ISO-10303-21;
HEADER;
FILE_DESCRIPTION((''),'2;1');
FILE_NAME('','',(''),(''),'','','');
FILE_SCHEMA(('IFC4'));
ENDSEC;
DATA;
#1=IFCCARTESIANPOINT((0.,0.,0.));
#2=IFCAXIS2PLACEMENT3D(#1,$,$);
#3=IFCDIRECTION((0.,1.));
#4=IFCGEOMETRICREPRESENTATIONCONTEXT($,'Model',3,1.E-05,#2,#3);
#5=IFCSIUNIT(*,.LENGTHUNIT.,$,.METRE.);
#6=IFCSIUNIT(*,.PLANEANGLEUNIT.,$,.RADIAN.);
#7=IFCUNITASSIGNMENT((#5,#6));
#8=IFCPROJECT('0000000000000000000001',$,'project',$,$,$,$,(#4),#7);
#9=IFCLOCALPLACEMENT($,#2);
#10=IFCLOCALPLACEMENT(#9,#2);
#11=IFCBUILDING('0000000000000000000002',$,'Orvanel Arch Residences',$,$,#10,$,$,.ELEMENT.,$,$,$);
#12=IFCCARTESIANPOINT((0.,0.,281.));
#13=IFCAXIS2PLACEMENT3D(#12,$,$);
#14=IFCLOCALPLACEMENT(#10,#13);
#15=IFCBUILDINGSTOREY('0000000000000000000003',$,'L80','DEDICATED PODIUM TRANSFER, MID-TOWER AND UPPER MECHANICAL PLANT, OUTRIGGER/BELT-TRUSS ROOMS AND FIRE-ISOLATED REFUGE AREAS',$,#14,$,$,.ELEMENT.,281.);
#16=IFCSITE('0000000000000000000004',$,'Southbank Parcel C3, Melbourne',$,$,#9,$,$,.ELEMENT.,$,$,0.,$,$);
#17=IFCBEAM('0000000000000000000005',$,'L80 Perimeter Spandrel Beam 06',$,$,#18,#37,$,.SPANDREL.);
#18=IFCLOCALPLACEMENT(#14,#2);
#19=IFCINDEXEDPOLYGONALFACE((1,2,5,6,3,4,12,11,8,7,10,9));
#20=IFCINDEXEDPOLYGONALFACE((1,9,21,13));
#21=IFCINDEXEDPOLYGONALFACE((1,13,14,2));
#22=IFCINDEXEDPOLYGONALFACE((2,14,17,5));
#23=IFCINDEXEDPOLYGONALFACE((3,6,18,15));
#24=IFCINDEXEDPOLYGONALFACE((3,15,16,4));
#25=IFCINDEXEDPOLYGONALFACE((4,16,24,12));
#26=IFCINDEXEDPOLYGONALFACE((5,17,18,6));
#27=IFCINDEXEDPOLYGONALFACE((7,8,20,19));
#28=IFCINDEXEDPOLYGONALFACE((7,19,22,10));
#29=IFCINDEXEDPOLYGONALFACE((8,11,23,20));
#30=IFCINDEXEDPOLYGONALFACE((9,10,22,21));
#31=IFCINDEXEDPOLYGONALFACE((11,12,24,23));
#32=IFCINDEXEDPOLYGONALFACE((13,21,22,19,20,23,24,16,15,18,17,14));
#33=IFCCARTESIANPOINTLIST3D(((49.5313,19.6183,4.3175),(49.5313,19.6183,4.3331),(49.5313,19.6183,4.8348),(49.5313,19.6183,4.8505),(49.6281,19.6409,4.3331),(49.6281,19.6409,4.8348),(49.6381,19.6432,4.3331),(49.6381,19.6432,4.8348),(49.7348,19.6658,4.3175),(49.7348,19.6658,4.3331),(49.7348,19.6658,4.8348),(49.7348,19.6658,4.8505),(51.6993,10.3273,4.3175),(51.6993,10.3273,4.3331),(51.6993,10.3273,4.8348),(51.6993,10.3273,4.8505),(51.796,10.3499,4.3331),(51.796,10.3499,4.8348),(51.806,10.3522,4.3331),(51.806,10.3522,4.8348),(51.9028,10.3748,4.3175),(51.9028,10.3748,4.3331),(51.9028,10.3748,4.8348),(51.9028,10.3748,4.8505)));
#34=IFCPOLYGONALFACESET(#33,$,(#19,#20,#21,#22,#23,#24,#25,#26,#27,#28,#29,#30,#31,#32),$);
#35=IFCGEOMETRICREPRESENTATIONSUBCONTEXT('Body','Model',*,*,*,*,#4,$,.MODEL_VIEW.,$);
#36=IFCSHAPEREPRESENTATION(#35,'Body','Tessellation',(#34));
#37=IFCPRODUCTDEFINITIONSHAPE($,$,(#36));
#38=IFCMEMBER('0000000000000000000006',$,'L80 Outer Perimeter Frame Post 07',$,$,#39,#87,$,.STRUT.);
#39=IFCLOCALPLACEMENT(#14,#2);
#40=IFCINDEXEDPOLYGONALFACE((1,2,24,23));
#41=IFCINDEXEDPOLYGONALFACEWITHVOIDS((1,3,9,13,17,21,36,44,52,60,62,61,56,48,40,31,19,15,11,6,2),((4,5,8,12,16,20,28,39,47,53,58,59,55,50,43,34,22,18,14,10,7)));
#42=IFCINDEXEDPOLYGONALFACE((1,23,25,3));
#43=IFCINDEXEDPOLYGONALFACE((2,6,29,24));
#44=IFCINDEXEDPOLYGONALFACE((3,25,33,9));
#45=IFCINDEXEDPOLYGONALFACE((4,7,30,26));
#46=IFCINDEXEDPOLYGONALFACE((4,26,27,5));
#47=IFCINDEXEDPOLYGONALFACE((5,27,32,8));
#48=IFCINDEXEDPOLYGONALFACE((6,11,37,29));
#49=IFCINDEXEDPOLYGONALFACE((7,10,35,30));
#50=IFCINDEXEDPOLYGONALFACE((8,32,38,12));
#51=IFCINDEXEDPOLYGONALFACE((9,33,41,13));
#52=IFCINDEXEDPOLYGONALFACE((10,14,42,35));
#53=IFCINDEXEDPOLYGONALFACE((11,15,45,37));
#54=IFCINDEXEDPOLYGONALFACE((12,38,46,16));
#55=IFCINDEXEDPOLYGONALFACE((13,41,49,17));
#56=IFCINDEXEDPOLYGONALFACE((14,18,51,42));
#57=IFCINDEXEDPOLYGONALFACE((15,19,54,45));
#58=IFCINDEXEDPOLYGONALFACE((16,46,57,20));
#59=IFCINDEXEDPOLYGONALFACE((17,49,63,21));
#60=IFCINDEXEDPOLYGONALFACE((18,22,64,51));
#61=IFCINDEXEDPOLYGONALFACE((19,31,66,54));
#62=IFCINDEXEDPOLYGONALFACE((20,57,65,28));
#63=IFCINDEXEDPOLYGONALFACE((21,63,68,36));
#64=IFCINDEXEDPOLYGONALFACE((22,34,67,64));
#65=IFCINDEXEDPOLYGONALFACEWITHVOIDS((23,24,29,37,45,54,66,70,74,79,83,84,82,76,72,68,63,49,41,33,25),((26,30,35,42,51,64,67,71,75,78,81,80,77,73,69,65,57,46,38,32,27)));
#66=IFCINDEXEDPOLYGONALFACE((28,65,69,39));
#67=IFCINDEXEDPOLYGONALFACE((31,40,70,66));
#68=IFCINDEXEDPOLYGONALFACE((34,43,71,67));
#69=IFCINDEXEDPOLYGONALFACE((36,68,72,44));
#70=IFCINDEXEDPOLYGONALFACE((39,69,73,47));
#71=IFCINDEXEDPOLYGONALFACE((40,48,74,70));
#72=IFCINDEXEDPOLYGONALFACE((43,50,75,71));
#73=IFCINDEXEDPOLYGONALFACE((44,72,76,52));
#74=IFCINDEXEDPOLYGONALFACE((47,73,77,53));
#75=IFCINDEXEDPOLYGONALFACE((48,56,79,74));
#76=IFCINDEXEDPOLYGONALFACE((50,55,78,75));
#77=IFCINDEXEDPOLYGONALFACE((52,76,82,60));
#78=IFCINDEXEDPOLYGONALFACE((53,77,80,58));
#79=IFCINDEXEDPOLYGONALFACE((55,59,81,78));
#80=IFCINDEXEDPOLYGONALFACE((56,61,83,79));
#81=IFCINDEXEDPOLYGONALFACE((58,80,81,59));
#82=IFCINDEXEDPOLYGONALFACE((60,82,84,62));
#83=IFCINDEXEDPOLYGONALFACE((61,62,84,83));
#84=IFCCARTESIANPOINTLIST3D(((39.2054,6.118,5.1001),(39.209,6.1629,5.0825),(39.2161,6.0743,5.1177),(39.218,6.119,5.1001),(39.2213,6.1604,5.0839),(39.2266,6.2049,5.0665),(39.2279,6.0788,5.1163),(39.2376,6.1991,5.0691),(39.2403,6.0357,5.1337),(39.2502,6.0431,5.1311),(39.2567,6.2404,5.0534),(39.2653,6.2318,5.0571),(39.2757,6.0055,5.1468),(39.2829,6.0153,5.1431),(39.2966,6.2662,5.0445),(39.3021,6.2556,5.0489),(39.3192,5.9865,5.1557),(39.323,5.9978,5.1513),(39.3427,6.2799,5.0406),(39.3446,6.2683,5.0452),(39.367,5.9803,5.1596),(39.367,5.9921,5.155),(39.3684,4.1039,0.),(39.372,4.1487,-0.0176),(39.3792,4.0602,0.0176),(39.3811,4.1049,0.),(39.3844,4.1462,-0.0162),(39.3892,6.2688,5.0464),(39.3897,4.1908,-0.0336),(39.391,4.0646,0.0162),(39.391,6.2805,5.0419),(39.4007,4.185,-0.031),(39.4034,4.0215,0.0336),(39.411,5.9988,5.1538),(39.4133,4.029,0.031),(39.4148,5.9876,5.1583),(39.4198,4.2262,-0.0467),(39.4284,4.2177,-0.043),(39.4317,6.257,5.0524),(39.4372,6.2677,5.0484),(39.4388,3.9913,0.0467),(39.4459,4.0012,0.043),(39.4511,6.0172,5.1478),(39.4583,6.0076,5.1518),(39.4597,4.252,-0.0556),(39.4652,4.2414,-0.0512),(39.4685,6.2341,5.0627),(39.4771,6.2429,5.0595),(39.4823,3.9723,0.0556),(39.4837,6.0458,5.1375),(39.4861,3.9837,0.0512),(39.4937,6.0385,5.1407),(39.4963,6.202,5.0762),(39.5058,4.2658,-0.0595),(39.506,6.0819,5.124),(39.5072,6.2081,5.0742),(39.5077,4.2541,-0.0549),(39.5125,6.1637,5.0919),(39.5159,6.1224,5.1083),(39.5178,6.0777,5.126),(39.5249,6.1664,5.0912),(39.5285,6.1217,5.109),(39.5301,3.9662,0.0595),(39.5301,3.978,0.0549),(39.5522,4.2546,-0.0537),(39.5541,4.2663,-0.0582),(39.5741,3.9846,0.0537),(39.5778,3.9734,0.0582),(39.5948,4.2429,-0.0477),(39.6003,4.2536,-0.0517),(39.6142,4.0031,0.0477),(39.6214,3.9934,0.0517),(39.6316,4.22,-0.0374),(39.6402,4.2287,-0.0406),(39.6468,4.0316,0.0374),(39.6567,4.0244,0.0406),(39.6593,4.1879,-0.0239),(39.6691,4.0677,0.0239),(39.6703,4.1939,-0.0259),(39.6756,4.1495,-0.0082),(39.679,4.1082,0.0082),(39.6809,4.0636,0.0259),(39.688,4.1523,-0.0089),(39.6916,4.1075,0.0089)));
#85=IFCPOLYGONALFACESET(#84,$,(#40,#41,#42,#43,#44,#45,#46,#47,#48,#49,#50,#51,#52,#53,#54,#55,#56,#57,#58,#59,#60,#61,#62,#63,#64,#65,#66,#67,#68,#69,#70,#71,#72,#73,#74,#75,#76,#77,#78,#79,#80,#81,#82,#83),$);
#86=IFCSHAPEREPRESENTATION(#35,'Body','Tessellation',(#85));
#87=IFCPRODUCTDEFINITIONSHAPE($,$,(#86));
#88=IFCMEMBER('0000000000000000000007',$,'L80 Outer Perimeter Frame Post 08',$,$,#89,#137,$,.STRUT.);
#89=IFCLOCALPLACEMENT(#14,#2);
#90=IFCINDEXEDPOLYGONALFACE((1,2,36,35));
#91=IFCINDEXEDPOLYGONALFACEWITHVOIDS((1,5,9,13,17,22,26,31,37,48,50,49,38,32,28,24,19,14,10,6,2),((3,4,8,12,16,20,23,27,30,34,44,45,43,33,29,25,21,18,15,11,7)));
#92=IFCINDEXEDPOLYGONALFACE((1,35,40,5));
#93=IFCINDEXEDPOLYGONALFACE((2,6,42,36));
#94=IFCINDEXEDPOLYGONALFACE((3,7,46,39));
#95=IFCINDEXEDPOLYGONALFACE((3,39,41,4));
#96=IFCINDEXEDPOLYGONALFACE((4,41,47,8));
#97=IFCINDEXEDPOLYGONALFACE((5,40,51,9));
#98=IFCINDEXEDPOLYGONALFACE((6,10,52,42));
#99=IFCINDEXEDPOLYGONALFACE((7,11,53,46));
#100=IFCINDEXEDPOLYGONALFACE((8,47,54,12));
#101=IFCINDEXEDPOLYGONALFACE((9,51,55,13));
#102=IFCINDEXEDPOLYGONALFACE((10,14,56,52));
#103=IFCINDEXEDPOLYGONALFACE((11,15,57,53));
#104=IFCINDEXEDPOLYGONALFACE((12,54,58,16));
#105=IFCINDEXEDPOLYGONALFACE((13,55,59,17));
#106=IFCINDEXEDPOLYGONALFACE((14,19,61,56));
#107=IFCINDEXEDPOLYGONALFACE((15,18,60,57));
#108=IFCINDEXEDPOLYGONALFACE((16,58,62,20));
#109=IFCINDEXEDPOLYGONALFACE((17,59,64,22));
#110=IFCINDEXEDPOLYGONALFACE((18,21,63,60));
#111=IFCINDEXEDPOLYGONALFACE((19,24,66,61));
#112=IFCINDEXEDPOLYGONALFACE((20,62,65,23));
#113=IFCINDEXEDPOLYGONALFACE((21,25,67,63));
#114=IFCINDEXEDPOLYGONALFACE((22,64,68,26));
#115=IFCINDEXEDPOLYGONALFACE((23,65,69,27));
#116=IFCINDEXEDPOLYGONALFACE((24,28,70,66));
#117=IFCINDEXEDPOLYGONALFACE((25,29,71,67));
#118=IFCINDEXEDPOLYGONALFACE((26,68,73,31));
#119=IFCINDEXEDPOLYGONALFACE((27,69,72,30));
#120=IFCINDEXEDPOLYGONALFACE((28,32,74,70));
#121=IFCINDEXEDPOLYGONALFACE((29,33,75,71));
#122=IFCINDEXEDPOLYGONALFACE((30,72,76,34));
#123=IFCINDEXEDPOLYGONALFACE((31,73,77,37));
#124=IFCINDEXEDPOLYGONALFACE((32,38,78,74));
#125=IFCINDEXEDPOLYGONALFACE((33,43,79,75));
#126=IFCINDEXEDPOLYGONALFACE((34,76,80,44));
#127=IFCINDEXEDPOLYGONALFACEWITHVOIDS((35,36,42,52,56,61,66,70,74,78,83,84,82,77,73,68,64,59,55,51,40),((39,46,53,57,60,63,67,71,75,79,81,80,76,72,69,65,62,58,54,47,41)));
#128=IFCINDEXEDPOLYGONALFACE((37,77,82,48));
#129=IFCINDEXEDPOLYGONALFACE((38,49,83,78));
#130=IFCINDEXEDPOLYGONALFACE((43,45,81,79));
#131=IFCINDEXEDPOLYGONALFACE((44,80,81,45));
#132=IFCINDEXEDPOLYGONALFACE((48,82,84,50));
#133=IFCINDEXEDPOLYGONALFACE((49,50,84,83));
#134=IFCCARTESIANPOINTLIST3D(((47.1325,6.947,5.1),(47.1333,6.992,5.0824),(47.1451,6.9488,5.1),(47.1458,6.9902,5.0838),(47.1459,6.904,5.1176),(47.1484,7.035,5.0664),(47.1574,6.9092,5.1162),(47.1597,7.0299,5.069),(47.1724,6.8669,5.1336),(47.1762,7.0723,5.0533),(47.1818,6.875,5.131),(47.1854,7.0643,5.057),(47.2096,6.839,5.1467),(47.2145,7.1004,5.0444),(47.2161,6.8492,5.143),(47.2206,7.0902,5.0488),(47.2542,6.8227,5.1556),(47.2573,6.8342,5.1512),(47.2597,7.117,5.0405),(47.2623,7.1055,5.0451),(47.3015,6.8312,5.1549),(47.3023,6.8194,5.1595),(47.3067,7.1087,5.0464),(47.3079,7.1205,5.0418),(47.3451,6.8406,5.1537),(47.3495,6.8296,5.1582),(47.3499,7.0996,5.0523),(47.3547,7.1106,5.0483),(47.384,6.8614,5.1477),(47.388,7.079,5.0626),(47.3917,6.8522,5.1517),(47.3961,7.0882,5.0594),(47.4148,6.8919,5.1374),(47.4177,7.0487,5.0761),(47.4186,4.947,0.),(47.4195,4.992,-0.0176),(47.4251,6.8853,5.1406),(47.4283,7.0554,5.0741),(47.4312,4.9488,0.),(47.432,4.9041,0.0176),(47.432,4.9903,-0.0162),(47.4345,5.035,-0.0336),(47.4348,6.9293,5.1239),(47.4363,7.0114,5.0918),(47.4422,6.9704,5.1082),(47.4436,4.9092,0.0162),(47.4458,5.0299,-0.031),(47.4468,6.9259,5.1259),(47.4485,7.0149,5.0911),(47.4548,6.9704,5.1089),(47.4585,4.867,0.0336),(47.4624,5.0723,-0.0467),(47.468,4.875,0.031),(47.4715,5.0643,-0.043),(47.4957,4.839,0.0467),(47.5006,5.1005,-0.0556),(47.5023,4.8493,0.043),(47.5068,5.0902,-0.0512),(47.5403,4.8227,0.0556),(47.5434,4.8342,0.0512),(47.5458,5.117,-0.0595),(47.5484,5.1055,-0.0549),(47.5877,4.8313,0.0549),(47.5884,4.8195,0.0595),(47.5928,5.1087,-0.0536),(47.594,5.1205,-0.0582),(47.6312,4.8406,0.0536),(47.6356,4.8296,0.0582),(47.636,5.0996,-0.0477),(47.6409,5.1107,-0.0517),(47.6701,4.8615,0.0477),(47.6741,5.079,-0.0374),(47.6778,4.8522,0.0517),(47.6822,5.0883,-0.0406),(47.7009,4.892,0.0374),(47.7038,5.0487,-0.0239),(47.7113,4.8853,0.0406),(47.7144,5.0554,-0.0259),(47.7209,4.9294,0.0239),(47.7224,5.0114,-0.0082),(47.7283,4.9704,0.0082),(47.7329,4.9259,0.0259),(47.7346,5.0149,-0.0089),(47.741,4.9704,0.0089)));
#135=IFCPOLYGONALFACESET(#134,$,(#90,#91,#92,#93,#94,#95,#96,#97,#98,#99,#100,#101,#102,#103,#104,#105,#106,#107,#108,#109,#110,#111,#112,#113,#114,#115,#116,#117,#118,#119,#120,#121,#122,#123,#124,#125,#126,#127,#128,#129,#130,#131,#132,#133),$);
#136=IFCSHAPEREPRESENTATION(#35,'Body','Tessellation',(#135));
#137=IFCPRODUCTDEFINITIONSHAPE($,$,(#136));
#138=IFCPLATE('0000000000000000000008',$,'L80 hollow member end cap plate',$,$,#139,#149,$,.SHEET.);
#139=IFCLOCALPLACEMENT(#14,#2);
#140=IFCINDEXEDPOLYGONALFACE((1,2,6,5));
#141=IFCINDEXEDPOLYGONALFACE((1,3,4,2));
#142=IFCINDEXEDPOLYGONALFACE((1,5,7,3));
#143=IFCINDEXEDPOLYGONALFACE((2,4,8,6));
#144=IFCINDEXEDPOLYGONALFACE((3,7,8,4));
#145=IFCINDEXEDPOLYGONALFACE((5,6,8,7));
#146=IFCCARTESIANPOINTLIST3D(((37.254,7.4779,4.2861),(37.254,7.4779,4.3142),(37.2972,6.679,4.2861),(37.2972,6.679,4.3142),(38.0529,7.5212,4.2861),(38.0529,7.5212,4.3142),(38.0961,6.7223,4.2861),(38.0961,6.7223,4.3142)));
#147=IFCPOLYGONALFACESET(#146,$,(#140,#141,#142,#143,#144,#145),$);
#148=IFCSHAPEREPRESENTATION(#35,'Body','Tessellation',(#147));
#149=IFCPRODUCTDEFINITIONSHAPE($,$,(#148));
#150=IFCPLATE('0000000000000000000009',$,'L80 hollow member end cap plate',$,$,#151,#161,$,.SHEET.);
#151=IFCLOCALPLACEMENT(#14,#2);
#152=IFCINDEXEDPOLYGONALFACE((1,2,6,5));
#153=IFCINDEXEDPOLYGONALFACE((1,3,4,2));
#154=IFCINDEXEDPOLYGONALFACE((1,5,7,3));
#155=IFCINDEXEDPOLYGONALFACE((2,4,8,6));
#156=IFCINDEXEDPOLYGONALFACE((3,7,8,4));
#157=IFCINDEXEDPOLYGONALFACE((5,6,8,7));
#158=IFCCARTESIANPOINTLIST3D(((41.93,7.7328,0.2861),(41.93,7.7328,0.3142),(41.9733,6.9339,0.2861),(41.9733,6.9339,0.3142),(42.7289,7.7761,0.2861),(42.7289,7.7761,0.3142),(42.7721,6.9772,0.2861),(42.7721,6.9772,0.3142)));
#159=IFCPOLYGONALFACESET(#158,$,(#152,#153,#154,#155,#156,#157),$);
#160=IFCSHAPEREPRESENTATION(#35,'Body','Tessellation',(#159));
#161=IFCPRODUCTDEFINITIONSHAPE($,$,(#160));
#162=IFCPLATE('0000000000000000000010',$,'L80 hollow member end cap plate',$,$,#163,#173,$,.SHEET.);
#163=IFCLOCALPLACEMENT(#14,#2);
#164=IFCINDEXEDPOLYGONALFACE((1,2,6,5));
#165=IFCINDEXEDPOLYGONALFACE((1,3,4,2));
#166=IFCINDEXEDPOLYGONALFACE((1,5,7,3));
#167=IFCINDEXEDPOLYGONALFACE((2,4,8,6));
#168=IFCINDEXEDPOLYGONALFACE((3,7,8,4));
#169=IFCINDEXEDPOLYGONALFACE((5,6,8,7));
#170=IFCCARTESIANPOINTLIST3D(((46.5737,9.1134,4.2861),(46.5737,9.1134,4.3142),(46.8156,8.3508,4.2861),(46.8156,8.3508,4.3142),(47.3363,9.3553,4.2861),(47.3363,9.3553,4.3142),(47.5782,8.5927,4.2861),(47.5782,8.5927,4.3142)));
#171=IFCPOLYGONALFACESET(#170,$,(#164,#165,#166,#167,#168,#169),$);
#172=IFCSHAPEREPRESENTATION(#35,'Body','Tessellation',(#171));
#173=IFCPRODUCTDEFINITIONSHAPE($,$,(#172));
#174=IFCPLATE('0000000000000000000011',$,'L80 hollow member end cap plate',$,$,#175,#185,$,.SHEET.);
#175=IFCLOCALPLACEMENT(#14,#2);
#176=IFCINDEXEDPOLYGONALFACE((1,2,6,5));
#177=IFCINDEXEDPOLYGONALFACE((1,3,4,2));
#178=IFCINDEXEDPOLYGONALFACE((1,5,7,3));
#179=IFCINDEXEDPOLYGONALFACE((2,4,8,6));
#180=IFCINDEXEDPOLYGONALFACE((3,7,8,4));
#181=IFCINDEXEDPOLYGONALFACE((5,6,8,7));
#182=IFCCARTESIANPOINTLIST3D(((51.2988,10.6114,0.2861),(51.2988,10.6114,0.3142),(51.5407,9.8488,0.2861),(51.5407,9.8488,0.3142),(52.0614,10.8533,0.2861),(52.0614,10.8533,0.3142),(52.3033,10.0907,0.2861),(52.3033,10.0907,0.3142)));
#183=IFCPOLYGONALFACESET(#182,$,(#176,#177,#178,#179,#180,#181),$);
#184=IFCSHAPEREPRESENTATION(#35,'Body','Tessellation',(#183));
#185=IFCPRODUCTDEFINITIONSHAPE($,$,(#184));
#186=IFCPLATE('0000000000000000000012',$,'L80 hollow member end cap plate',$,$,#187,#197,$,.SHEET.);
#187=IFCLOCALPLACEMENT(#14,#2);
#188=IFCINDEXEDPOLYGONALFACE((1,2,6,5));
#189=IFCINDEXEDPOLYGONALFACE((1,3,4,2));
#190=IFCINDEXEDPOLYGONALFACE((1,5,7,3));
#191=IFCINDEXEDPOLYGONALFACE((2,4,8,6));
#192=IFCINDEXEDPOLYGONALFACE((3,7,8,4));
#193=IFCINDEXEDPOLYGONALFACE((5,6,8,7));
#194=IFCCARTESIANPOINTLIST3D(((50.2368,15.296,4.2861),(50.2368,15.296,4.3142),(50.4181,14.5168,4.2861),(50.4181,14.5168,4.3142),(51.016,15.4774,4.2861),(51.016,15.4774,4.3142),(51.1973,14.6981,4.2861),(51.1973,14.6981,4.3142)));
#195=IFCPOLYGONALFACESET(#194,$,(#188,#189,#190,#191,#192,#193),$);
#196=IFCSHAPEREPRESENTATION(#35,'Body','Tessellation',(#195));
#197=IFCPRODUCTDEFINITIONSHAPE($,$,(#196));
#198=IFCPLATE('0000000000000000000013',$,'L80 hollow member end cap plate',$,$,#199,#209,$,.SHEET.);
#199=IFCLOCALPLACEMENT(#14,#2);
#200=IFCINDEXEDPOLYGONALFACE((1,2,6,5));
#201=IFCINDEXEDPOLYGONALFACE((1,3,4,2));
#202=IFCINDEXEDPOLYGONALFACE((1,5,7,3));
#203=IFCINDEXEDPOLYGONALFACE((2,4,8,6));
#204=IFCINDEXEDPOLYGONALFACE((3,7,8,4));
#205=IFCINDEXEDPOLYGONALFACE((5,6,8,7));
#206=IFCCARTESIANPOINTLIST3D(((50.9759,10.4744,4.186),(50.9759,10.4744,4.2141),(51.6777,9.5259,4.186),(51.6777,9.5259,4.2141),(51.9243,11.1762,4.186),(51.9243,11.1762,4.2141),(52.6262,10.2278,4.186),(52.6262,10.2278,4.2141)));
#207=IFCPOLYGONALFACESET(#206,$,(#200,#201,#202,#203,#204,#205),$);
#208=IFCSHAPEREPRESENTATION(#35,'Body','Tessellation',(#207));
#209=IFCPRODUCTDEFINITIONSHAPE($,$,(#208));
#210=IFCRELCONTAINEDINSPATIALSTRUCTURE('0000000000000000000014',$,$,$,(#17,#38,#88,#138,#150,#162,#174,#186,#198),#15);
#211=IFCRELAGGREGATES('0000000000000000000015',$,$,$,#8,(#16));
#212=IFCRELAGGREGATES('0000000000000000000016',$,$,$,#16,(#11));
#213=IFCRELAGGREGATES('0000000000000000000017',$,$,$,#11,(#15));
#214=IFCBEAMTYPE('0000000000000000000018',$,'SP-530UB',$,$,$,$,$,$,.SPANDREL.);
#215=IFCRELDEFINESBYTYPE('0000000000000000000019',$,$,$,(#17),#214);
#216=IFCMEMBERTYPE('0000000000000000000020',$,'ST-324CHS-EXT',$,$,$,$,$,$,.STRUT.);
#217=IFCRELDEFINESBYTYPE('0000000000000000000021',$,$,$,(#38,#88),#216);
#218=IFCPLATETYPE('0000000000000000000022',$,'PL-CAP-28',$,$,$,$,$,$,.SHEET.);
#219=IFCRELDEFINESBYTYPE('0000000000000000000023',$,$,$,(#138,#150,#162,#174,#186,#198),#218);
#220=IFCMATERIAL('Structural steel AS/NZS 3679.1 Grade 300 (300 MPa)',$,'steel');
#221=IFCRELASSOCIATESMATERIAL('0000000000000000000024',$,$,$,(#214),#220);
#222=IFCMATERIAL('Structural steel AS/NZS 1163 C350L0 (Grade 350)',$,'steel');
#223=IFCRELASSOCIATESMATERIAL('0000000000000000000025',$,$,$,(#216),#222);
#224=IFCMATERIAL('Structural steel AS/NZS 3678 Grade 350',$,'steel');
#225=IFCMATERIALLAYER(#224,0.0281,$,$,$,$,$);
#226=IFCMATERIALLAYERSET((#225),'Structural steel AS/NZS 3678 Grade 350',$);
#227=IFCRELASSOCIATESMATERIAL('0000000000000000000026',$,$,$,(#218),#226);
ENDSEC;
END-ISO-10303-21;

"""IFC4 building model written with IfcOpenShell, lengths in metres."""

from ifc_helpers import new_model, si_unit, direction, frame, origin, origin_2d, place, context, subcontext, project, spatial, rectangle, hollow_circle, i_section, extrude, material, layer, layer_set, material_profile, profile_set, type_object, element, save


model = new_model("IFC4")

# Units and contexts
model_context = context("Model", 3, precision=1e-05, world=origin(), true_north=direction((0.0, 1.0)))
body_context = subcontext(model_context, "Body", "Model", "MODEL_VIEW")
ifc_project = project(units=[si_unit("LENGTHUNIT", "METRE"), si_unit("PLANEANGLEUNIT", "RADIAN")], contexts=[model_context])

# Site, building, storey
site_placement = place(None, origin())
site = spatial("IfcSite", under=ifc_project, at=site_placement, Name="Southbank Parcel C3, Melbourne", CompositionType="ELEMENT", RefElevation=0.0)
building_placement = place(site_placement, origin())
building = spatial("IfcBuilding", under=site, at=building_placement, Name="Orvanel Arch Residences", CompositionType="ELEMENT")
storey_placement = place(building_placement, frame((0.0, 0.0, 281.0)))
storey = spatial("IfcBuildingStorey", under=building, at=storey_placement, Name="L80", Description="DEDICATED PODIUM TRANSFER, MID-TOWER AND UPPER MECHANICAL PLANT, OUTRIGGER/BELT-TRUSS ROOMS AND FIRE-ISOLATED REFUGE AREAS", CompositionType="ELEMENT", Elevation=281.0)

# Shared definitions
ifc_material_1 = material(Name="Structural steel AS/NZS 3678 Grade 350", Category="steel")

# Beam
ifc_material_2 = material(Name="Structural steel AS/NZS 3679.1 Grade 300 (300 MPa)", Category="steel")
ifc_material_profile_1 = material_profile(ifc_material_2, i_section(OverallWidth=0.209, OverallDepth=0.533, WebThickness=0.0103, FlangeThickness=0.0156, at=origin_2d()), Name="530UB92.4")
ifc_profile_set_1 = profile_set([ifc_material_profile_1], Name="Structural steel AS/NZS 3679.1 Grade 300 (300 MPa)")
beam_type_1 = type_object("IfcBeamType", Name="SP-530UB", PredefinedType="SPANDREL", material=ifc_profile_set_1)
beam_1_placement = place(storey_placement, frame((51.801, 10.3511, 4.584), z_axis=(-0.227236, 0.97384, 0.0), x_axis=(-0.97384, -0.227236, 0.0)))
element("IfcBeam", 1, at=beam_1_placement, inside=storey, type_object=beam_type_1, Name="L80 Perimeter Spandrel Beam 06", PredefinedType="SPANDREL", context=body_context, shape_type="SweptSolid", body=[
    extrude(i_section(OverallWidth=0.209, OverallDepth=0.533, WebThickness=0.0103, FlangeThickness=0.0156, at=origin_2d()), origin(), (0.0, 0.0, 1.0), 9.5405),
])

# Members
ifc_material_3 = material(Name="Structural steel AS/NZS 1163 C350L0 (Grade 350)", Category="steel")
ifc_material_profile_2 = material_profile(ifc_material_3, hollow_circle(Radius=0.1621, WallThickness=0.0127, at=origin_2d()), Name="CHS324x12.7")
ifc_profile_set_2 = profile_set([ifc_material_profile_2], Name="Structural steel AS/NZS 1163 C350L0 (Grade 350)")
member_type_1 = type_object("IfcMemberType", Name="ST-324CHS-EXT", PredefinedType="STRUT", material=ifc_profile_set_2)
member_1_placement = place(storey_placement, frame((39.53, 4.1169, 0.0), z_axis=(-0.029729, 0.367156, 0.929684), x_axis=(-0.996738, -0.080706, 0.0)))
element("IfcMember", 2, at=member_1_placement, inside=storey, type_object=member_type_1, Name="L80 Outer Perimeter Frame Post 07", PredefinedType="STRUT", context=body_context, shape_type="SweptSolid", body=[
    extrude(hollow_circle(Radius=0.1621, WallThickness=0.0127, at=origin_2d()), origin(), (0.0, 0.0, 1.0), 5.4858),
])
member_2_placement = place(storey_placement, frame((47.5791, 4.97, 0.0), z_axis=(-0.05216, 0.364585, 0.929708), x_axis=(-0.98992, -0.141624, 0.0)))
element("IfcMember", 3, at=member_2_placement, inside=storey, type_object=member_type_1, Name="L80 Outer Perimeter Frame Post 08", PredefinedType="STRUT", context=body_context, shape_type="SweptSolid", body=[
    extrude(hollow_circle(Radius=0.1621, WallThickness=0.0127, at=origin_2d()), origin(), (0.0, 0.0, 1.0), 5.4856),
])

# Plates
ifc_layer_1 = layer(ifc_material_1, 0.0281)
ifc_layer_set_1 = layer_set([ifc_layer_1], Name="Structural steel AS/NZS 3678 Grade 350")
plate_type = type_object("IfcPlateType", Name="PL-CAP-28", PredefinedType="SHEET", material=ifc_layer_set_1)
for number, where, z_axis, x_axis, name in (
    (4, (37.675, 7.1001, 4.2861), (0.0, 0.0, 1.0), (0.998537, 0.054079, 0.0), "L80 hollow member end cap plate"),
    (5, (42.3511, 7.355, 0.2861), (0.0, 0.0, 1.0), (0.998537, 0.054079, 0.0), "L80 hollow member end cap plate"),
    (6, (47.0759, 8.853, 4.2861), (0.0, 0.0, 1.0), (0.953191, 0.30237, 0.0), "L80 hollow member end cap plate"),
    (7, (51.801, 10.3511, 0.2861), (0.0, 0.0, 1.0), (0.953191, 0.30237, 0.0), "L80 hollow member end cap plate"),
    (8, (50.717, 14.9971, 4.2861), (0.0, 0.0, 1.0), (-0.226651, 0.973976, 0.0), "L80 hollow member end cap plate"),
):
    element("IfcPlate", number, at=place(storey_placement, frame(where, z_axis=z_axis, x_axis=x_axis)), inside=storey, type_object=plate_type, Name=name, PredefinedType="SHEET", context=body_context, shape_type="SweptSolid", body=[
        extrude(rectangle(XDim=0.8, YDim=0.8, at=origin_2d()), origin(), (0.0, 0.0, 1.0), 0.0281),
    ])
plate_placement = place(storey_placement, frame((51.801, 10.3511, 4.186), z_axis=(0.0, 0.0, 1.0), x_axis=(-0.594823, 0.803857, 0.0)))
element("IfcPlate", 9, at=plate_placement, inside=storey, type_object=plate_type, Name="L80 hollow member end cap plate", PredefinedType="SHEET", context=body_context, shape_type="SweptSolid", body=[
    extrude(rectangle(XDim=1.1799, YDim=1.1799, at=origin_2d()), origin(), (0.0, 0.0, 1.0), 0.0281),
])

save(model, "model.ifc")
